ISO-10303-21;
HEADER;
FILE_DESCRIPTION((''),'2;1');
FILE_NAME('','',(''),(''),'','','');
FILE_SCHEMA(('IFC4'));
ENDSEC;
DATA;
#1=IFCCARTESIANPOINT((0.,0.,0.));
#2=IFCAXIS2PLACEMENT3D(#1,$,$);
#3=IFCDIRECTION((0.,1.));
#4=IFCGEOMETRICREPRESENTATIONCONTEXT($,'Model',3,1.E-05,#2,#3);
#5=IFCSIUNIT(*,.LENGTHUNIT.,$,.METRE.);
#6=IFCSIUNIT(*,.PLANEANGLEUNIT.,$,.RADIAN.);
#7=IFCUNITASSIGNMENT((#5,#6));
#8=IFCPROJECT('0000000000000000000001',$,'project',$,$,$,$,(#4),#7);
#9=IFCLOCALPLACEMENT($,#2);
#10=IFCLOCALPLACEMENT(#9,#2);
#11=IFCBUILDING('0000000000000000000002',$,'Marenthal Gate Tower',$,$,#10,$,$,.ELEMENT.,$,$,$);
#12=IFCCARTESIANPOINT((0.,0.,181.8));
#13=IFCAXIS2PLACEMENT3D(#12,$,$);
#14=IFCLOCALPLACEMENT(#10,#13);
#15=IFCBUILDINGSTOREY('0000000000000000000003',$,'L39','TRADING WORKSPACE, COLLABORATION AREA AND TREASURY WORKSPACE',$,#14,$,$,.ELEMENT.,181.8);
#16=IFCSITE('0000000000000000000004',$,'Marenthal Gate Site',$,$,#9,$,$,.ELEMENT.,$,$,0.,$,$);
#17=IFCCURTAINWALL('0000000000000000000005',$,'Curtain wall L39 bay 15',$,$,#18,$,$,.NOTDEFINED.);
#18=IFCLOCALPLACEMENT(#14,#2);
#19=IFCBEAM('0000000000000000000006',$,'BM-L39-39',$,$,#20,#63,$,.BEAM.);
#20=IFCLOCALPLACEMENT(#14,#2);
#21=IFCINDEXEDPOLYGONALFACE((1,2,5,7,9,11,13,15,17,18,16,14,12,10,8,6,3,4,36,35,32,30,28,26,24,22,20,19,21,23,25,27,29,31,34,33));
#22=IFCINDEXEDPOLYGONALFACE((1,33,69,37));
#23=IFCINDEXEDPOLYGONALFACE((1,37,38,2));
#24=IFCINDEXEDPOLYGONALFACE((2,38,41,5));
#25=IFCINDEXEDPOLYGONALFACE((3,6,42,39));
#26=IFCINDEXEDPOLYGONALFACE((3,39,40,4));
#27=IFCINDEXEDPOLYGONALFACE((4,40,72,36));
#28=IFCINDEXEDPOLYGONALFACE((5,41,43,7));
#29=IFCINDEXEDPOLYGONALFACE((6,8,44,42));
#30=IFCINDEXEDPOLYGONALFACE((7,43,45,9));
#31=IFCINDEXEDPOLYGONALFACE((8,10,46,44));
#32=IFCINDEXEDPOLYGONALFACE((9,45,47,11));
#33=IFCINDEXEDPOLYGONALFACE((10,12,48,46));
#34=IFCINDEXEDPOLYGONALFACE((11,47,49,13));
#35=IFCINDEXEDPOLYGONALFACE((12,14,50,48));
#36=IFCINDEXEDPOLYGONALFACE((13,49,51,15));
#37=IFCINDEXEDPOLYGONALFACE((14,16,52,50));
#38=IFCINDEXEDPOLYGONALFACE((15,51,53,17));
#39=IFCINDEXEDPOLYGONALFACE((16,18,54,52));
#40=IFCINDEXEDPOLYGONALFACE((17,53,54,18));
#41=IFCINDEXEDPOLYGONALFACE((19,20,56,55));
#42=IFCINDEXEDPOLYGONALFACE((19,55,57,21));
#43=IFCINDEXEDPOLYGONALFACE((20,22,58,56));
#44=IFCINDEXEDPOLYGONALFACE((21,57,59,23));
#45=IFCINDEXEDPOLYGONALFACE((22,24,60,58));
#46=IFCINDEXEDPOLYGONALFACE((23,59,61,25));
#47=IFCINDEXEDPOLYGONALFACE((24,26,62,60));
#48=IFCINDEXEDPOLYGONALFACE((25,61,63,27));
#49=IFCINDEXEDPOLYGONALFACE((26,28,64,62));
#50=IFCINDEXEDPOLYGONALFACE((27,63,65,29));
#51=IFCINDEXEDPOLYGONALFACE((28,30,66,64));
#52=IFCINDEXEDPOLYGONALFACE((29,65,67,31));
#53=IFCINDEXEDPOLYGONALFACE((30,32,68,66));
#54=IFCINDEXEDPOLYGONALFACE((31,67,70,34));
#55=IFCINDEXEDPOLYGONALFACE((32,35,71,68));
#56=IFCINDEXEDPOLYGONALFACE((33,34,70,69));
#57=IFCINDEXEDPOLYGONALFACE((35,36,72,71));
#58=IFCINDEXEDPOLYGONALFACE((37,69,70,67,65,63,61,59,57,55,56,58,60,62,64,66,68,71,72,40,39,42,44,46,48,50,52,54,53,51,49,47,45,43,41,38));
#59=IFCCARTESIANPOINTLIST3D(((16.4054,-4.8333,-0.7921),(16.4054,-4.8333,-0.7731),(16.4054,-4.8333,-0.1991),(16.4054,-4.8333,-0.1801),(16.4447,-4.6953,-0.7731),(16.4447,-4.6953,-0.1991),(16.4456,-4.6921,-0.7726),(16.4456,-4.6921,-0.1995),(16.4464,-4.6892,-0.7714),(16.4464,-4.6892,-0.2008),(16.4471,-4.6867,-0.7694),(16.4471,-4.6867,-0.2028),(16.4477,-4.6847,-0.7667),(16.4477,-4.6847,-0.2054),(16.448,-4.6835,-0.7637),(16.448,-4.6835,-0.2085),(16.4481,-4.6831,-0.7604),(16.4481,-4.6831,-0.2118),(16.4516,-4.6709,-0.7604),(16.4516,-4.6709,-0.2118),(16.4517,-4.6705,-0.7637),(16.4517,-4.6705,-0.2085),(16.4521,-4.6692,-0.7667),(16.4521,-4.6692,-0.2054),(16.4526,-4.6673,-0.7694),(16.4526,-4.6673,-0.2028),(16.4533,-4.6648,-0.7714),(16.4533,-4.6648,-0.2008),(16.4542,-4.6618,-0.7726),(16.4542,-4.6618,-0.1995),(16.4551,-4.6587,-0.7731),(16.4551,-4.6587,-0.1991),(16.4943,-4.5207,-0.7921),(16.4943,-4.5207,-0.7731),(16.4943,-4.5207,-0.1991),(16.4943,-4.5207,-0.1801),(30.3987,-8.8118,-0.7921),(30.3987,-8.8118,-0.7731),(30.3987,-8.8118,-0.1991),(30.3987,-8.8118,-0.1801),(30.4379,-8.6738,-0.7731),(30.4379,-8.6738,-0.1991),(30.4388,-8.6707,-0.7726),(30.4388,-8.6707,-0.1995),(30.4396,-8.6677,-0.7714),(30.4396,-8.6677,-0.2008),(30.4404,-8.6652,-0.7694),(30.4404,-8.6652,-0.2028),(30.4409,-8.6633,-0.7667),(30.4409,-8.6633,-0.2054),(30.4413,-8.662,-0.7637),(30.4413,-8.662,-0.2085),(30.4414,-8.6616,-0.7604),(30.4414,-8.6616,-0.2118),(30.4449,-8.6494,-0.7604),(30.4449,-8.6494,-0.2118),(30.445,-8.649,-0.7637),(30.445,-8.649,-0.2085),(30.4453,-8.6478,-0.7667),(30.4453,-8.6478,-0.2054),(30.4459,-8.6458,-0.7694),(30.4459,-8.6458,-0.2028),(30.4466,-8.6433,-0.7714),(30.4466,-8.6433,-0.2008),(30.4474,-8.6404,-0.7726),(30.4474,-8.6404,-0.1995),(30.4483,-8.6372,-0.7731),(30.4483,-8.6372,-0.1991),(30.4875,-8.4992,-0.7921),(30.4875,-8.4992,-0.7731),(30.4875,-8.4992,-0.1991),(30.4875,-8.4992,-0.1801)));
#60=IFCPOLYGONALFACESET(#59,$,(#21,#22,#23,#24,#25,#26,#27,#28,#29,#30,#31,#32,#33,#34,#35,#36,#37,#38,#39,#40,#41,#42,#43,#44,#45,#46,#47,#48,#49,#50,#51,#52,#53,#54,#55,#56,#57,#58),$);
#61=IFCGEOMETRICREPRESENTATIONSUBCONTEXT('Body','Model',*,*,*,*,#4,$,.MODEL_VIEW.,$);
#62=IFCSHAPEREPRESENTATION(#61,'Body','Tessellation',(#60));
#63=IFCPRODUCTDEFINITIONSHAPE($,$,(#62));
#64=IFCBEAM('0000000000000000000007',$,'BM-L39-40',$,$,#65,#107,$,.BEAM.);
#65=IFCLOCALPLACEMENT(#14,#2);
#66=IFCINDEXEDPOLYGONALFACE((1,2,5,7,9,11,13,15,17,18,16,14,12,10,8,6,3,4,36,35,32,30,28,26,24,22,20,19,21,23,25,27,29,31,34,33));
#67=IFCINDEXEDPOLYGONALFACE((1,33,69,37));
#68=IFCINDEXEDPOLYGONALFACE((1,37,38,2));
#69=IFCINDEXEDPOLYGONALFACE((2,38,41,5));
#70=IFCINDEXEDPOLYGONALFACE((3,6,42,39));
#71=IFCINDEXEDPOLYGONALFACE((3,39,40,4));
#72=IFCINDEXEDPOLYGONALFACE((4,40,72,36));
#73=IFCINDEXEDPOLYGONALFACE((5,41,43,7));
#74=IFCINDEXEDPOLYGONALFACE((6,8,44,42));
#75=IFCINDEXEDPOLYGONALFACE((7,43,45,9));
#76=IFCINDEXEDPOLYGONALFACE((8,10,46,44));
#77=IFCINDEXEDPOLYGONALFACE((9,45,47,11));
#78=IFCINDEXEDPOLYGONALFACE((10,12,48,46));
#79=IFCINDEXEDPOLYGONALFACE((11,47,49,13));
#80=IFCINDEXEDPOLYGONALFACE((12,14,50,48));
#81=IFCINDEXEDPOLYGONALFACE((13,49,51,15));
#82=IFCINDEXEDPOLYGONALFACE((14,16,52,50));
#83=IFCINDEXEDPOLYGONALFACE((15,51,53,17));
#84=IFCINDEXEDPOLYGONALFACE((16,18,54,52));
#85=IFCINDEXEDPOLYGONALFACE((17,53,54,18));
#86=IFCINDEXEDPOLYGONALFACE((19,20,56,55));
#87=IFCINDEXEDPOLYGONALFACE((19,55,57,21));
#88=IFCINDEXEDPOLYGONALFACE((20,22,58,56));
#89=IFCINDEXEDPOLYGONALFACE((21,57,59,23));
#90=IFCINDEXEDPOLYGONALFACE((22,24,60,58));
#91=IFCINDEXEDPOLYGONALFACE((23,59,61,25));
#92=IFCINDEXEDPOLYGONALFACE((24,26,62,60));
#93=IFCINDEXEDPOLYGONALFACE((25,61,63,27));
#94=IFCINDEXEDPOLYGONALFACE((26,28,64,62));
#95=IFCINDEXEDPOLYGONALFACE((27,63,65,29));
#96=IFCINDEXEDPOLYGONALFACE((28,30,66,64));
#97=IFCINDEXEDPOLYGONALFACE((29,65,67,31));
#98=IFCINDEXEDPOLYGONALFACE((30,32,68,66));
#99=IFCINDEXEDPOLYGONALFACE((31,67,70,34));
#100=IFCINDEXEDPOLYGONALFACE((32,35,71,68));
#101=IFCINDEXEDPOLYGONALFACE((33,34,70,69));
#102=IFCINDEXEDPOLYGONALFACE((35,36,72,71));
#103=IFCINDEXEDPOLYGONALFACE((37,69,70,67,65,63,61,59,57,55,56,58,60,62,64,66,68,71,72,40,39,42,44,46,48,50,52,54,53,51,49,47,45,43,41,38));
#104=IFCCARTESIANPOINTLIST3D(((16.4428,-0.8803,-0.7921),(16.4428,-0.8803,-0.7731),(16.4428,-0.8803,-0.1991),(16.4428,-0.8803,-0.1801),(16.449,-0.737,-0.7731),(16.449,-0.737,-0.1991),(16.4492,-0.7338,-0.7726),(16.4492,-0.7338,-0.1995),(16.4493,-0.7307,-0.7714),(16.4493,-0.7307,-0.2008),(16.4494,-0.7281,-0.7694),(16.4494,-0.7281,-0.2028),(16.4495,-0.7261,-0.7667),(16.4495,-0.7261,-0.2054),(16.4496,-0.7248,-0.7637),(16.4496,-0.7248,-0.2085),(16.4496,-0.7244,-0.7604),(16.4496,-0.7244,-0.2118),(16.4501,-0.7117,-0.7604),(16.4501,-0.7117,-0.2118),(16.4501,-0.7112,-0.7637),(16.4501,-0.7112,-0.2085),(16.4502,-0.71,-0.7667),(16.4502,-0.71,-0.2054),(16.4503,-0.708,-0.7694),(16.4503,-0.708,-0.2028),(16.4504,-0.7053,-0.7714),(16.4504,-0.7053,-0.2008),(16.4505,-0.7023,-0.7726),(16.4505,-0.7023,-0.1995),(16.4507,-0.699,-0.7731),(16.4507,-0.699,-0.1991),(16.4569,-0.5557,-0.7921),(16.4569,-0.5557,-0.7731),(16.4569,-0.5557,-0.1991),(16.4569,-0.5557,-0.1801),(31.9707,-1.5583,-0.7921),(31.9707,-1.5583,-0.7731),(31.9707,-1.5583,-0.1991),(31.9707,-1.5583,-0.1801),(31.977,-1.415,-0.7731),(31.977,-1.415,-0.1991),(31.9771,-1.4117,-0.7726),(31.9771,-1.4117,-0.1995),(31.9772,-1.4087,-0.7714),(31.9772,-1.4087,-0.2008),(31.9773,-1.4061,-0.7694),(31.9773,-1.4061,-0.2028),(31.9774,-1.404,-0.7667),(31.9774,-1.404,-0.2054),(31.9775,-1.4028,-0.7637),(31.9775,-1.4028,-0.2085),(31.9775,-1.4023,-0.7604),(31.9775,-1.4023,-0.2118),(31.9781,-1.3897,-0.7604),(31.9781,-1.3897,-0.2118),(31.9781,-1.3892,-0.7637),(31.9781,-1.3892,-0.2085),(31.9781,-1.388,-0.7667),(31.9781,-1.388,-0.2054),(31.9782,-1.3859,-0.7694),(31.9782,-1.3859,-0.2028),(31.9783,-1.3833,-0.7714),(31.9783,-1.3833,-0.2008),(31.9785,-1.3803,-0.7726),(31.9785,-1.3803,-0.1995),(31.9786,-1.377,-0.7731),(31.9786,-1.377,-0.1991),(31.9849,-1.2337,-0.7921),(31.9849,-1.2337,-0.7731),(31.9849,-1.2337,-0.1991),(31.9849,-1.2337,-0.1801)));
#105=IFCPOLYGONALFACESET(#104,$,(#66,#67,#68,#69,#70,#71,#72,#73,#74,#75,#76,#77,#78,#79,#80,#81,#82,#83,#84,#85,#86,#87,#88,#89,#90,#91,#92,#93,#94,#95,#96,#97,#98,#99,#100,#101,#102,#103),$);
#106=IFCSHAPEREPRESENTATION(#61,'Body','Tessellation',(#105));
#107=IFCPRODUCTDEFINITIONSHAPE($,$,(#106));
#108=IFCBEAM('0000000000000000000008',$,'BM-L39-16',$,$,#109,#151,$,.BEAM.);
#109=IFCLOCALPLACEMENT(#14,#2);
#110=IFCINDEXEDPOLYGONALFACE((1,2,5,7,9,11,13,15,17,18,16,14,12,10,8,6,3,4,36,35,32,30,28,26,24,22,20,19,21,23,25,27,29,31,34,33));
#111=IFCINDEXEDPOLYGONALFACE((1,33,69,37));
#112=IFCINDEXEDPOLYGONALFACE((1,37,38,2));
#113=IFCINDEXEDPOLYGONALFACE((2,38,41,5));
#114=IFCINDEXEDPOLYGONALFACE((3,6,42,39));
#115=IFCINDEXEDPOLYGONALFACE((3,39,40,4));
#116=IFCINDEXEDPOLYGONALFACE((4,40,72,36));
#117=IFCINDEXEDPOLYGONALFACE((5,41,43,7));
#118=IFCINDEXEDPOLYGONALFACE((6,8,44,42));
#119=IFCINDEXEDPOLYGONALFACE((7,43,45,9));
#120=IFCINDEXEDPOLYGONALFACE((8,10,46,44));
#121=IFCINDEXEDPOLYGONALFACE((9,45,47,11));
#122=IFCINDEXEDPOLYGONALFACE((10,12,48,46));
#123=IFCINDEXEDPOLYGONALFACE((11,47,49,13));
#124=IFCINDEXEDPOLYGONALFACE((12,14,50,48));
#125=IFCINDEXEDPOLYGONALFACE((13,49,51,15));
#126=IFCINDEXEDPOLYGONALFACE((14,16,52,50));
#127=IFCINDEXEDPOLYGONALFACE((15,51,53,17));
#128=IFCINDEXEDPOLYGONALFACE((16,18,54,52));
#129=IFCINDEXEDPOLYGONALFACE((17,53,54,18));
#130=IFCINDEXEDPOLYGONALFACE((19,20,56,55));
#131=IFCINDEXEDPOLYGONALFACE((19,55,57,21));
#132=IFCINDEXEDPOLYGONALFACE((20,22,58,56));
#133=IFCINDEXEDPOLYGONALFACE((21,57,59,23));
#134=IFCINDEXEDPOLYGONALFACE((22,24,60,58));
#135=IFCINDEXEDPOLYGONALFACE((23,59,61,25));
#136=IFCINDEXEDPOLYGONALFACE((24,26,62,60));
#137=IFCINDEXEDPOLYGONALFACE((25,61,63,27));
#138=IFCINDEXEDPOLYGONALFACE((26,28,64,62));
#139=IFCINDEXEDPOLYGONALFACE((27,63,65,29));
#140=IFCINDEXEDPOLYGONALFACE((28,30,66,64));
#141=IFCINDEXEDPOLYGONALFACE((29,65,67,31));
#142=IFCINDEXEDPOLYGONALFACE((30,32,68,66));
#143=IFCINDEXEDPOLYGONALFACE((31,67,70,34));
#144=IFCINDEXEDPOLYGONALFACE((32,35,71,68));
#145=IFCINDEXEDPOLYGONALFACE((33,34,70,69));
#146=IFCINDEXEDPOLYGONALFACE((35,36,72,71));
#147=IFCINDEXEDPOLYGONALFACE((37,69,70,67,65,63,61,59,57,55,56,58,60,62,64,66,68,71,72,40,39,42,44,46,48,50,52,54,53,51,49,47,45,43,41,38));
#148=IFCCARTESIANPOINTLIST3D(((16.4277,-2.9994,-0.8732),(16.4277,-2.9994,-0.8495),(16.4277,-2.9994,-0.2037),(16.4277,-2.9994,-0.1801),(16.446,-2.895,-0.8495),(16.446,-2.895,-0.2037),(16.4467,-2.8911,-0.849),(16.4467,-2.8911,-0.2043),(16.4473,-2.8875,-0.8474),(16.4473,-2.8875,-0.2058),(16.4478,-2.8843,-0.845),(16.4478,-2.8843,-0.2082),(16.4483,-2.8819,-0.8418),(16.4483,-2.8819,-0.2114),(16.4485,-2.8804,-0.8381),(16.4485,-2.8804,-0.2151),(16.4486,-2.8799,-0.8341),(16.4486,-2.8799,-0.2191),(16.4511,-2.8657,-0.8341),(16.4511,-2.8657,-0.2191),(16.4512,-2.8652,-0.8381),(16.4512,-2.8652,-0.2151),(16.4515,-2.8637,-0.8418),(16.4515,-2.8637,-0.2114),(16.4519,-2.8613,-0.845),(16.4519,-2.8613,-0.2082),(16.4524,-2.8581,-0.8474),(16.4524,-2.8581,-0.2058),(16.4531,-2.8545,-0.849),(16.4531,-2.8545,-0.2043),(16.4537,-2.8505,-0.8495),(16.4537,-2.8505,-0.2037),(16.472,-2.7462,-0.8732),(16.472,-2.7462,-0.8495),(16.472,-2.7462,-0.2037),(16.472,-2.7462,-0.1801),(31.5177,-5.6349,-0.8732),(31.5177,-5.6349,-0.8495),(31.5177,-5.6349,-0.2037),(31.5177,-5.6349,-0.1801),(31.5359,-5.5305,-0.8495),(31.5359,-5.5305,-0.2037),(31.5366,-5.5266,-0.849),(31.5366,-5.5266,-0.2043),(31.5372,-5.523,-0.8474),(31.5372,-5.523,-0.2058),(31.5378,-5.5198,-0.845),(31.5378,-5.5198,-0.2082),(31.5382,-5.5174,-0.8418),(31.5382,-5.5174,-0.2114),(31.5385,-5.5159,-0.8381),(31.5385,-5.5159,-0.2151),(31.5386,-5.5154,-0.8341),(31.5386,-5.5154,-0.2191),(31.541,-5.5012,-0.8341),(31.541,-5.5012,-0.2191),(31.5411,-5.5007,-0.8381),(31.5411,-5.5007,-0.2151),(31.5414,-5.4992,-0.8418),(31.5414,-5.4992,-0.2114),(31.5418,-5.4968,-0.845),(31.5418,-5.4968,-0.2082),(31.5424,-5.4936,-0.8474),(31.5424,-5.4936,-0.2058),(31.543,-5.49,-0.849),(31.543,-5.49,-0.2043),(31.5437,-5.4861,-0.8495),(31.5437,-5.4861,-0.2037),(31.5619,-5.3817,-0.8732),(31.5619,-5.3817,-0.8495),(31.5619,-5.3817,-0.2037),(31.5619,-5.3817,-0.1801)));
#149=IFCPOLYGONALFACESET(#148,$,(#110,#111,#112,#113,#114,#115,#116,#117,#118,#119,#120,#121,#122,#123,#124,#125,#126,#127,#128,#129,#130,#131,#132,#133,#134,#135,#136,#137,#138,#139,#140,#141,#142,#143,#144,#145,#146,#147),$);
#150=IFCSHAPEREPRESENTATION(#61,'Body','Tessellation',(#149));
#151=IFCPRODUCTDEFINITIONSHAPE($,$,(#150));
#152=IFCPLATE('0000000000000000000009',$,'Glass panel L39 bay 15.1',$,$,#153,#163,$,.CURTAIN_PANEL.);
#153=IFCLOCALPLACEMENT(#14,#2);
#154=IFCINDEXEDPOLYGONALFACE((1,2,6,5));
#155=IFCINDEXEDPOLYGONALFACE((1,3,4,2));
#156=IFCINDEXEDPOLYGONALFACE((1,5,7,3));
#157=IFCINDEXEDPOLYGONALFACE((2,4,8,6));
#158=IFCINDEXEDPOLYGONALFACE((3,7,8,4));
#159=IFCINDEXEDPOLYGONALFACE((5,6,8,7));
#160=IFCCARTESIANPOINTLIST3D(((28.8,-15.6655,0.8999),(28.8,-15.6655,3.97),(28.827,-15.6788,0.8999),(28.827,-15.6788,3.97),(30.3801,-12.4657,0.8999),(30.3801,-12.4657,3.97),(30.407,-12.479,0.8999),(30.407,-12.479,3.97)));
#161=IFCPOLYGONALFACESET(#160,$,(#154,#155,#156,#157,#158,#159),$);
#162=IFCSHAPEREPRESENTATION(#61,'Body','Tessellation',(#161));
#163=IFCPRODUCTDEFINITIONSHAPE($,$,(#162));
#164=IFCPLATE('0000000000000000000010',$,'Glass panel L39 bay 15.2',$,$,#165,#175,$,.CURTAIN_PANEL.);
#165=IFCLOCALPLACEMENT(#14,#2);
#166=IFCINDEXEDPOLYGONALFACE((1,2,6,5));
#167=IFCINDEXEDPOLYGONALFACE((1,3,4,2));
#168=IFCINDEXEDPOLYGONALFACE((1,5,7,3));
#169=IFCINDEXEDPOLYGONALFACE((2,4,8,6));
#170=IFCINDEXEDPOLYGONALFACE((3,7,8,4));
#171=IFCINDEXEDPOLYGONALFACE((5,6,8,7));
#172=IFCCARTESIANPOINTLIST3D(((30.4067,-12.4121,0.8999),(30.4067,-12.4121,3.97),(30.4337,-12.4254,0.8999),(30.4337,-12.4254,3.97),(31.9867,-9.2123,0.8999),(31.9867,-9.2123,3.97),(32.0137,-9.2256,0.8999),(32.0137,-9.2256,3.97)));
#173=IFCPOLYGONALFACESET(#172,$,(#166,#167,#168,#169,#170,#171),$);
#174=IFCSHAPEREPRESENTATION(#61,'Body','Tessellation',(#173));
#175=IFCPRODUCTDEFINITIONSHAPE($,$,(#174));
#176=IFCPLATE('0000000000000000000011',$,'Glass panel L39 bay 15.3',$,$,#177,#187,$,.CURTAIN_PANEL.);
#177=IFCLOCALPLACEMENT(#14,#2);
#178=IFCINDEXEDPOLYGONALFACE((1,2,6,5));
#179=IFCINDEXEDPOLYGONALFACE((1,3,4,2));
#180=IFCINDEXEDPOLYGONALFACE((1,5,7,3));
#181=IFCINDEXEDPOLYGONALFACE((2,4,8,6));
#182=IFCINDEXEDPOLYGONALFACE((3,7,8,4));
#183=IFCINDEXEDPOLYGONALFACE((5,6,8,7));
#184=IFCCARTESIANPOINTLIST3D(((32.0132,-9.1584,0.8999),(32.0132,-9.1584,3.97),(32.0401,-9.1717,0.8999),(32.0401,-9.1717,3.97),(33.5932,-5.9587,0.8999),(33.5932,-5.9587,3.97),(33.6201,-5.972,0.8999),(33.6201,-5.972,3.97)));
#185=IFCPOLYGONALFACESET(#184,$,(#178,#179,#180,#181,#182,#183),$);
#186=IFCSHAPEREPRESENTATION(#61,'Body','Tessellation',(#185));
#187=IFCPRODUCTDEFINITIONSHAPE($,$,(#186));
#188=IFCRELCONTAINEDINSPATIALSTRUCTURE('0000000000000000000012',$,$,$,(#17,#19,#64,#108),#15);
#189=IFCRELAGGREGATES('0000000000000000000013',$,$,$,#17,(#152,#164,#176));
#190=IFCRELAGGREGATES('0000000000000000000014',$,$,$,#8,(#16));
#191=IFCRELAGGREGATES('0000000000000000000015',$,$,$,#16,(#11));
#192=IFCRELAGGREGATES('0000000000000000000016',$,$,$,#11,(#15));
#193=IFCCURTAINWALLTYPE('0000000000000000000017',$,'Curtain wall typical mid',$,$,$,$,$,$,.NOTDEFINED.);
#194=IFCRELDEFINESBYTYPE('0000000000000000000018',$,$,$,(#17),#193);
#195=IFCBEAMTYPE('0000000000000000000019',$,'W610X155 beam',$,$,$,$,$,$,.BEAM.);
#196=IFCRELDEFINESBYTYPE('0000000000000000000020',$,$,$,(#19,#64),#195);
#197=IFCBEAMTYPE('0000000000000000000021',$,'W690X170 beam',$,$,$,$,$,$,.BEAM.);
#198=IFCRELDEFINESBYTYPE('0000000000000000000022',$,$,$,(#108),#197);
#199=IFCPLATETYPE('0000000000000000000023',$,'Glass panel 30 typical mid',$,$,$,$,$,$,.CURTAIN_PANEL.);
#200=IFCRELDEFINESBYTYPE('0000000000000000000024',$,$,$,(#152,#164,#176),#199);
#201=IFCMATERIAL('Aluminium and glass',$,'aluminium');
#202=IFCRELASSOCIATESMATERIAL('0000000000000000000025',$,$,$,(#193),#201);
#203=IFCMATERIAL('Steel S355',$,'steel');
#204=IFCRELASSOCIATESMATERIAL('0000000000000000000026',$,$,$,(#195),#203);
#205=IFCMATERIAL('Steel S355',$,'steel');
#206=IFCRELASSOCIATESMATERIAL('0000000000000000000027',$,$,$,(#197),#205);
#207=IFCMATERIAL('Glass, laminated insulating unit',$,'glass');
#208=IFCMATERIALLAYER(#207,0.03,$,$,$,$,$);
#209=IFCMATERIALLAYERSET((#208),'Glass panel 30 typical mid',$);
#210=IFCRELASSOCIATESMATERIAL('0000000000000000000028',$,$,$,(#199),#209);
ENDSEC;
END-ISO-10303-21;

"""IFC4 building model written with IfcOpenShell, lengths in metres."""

from ifc_helpers import new_model, si_unit, direction, frame, origin, origin_2d, place, context, subcontext, project, spatial, rectangle, i_section, extrude, material, layer, layer_set, material_profile, profile_set, type_object, element, aggregate, save


model = new_model("IFC4")

# Units and contexts
model_context = context("Model", 3, precision=1e-05, world=origin(), true_north=direction((0.0, 1.0)))
body_context = subcontext(model_context, "Body", "Model", "MODEL_VIEW")
ifc_project = project(units=[si_unit("LENGTHUNIT", "METRE"), si_unit("PLANEANGLEUNIT", "RADIAN")], contexts=[model_context])

# Site, building, storey
site_placement = place(None, origin())
site = spatial("IfcSite", under=ifc_project, at=site_placement, Name="Marenthal Gate Site", CompositionType="ELEMENT", RefElevation=0.0)
building_placement = place(site_placement, origin())
building = spatial("IfcBuilding", under=site, at=building_placement, Name="Marenthal Gate Tower", CompositionType="ELEMENT")
storey_placement = place(building_placement, frame((0.0, 0.0, 181.8)))
storey = spatial("IfcBuildingStorey", under=building, at=storey_placement, Name="L39", Description="TRADING WORKSPACE, COLLABORATION AREA AND TREASURY WORKSPACE", CompositionType="ELEMENT", Elevation=181.8)

# Curtain wall
ifc_material_1 = material(Name="Aluminium and glass", Category="aluminium")
curtain_wall_type = type_object("IfcCurtainWallType", Name="Curtain wall typical mid", PredefinedType="NOTDEFINED", material=ifc_material_1)
curtain_wall_placement = place(storey_placement, origin())
curtain_wall = element("IfcCurtainWall", 1, at=curtain_wall_placement, inside=storey, type_object=curtain_wall_type, Name="Curtain wall L39 bay 15", PredefinedType="NOTDEFINED")

# Beams
ifc_material_2 = material(Name="Steel S355", Category="steel")
ifc_material_profile_1 = material_profile(ifc_material_2, i_section(OverallWidth=0.325, OverallDepth=0.6121, WebThickness=0.0127, FlangeThickness=0.019, FilletRadius=0.0127, at=origin_2d()), Name="W610X155")
ifc_profile_set_1 = profile_set([ifc_material_profile_1], Name="Steel S355")
beam_type_1 = type_object("IfcBeamType", Name="W610X155 beam", PredefinedType="BEAM", material=ifc_profile_set_1)
beam_1_placement = place(storey_placement, frame((30.4431, -8.6555, -0.4861), z_axis=(-0.961878, 0.27348, 0.0), x_axis=(-0.27348, -0.961878, 0.0)))
element("IfcBeam", 2, at=beam_1_placement, inside=storey, type_object=beam_type_1, Name="BM-L39-39", PredefinedType="BEAM", context=body_context, shape_type="SweptSolid", body=[
    extrude(i_section(OverallWidth=0.325, OverallDepth=0.6121, WebThickness=0.0127, FlangeThickness=0.019, FilletRadius=0.0127, at=origin_2d()), origin(), (0.0, 0.0, 1.0), 14.5479),
])
beam_2_placement = place(storey_placement, frame((31.9778, -1.396, -0.4861), z_axis=(-0.999048, 0.043621, 0.0), x_axis=(-0.043621, -0.999048, 0.0)))
element("IfcBeam", 3, at=beam_2_placement, inside=storey, type_object=beam_type_1, Name="BM-L39-40", PredefinedType="BEAM", context=body_context, shape_type="SweptSolid", body=[
    extrude(i_section(OverallWidth=0.325, OverallDepth=0.6121, WebThickness=0.0127, FlangeThickness=0.019, FilletRadius=0.0127, at=origin_2d()), origin(), (0.0, 0.0, 1.0), 15.5427),
])
ifc_material_3 = material(Name="Steel S355", Category="steel")
ifc_material_profile_2 = material_profile(ifc_material_3, i_section(OverallWidth=0.2571, OverallDepth=0.6931, WebThickness=0.0144, FlangeThickness=0.0237, FilletRadius=0.0154, at=origin_2d()), Name="W690X170")
ifc_profile_set_2 = profile_set([ifc_material_profile_2], Name="Steel S355")
beam_type_2 = type_object("IfcBeamType", Name="W690X170 beam", PredefinedType="BEAM", material=ifc_profile_set_2)
beam_3_placement = place(storey_placement, frame((31.5398, -5.5083, -0.5266), z_axis=(-0.985088, 0.172049, 0.0), x_axis=(-0.172049, -0.985088, 0.0)))
element("IfcBeam", 4, at=beam_3_placement, inside=storey, type_object=beam_type_2, Name="BM-L39-16", PredefinedType="BEAM", context=body_context, shape_type="SweptSolid", body=[
    extrude(i_section(OverallWidth=0.2571, OverallDepth=0.6931, WebThickness=0.0144, FlangeThickness=0.0237, FilletRadius=0.0154, at=origin_2d()), origin(), (0.0, 0.0, 1.0), 15.3184),
])

# Plates
ifc_material_4 = material(Name="Glass, laminated insulating unit", Category="glass")
ifc_layer_1 = layer(ifc_material_4, 0.03)
ifc_layer_set_1 = layer_set([ifc_layer_1], Name="Glass panel 30 typical mid")
plate_type = type_object("IfcPlateType", Name="Glass panel 30 typical mid", PredefinedType="CURTAIN_PANEL", material=ifc_layer_set_1)
plate_1_placement = place(storey_placement, frame((29.6035, -14.0723, 0.8999), z_axis=(0.0, 0.0, 1.0), x_axis=(0.442753, 0.896643, 0.0)))
plate_1 = element("IfcPlate", 5, at=plate_1_placement, type_object=plate_type, Name="Glass panel L39 bay 15.1", PredefinedType="CURTAIN_PANEL", context=body_context, shape_type="SweptSolid", body=[
    extrude(rectangle(XDim=3.5686, YDim=0.03, at=origin_2d()), origin(), (0.0, 0.0, 1.0), 3.0701),
])
plate_2_placement = place(storey_placement, frame((31.2102, -10.8188, 0.8999), z_axis=(0.0, 0.0, 1.0), x_axis=(0.442753, 0.896643, 0.0)))
plate_2 = element("IfcPlate", 6, at=plate_2_placement, type_object=plate_type, Name="Glass panel L39 bay 15.2", PredefinedType="CURTAIN_PANEL", context=body_context, shape_type="SweptSolid", body=[
    extrude(rectangle(XDim=3.5686, YDim=0.03, at=origin_2d()), origin(), (0.0, 0.0, 1.0), 3.0701),
])
plate_3_placement = place(storey_placement, frame((32.8167, -7.5652, 0.8999), z_axis=(0.0, 0.0, 1.0), x_axis=(0.442753, 0.896643, 0.0)))
plate_3 = element("IfcPlate", 7, at=plate_3_placement, type_object=plate_type, Name="Glass panel L39 bay 15.3", PredefinedType="CURTAIN_PANEL", context=body_context, shape_type="SweptSolid", body=[
    extrude(rectangle(XDim=3.5686, YDim=0.03, at=origin_2d()), origin(), (0.0, 0.0, 1.0), 3.0701),
])
aggregate(curtain_wall, [plate_1, plate_2, plate_3])

save(model, "model.ifc")
